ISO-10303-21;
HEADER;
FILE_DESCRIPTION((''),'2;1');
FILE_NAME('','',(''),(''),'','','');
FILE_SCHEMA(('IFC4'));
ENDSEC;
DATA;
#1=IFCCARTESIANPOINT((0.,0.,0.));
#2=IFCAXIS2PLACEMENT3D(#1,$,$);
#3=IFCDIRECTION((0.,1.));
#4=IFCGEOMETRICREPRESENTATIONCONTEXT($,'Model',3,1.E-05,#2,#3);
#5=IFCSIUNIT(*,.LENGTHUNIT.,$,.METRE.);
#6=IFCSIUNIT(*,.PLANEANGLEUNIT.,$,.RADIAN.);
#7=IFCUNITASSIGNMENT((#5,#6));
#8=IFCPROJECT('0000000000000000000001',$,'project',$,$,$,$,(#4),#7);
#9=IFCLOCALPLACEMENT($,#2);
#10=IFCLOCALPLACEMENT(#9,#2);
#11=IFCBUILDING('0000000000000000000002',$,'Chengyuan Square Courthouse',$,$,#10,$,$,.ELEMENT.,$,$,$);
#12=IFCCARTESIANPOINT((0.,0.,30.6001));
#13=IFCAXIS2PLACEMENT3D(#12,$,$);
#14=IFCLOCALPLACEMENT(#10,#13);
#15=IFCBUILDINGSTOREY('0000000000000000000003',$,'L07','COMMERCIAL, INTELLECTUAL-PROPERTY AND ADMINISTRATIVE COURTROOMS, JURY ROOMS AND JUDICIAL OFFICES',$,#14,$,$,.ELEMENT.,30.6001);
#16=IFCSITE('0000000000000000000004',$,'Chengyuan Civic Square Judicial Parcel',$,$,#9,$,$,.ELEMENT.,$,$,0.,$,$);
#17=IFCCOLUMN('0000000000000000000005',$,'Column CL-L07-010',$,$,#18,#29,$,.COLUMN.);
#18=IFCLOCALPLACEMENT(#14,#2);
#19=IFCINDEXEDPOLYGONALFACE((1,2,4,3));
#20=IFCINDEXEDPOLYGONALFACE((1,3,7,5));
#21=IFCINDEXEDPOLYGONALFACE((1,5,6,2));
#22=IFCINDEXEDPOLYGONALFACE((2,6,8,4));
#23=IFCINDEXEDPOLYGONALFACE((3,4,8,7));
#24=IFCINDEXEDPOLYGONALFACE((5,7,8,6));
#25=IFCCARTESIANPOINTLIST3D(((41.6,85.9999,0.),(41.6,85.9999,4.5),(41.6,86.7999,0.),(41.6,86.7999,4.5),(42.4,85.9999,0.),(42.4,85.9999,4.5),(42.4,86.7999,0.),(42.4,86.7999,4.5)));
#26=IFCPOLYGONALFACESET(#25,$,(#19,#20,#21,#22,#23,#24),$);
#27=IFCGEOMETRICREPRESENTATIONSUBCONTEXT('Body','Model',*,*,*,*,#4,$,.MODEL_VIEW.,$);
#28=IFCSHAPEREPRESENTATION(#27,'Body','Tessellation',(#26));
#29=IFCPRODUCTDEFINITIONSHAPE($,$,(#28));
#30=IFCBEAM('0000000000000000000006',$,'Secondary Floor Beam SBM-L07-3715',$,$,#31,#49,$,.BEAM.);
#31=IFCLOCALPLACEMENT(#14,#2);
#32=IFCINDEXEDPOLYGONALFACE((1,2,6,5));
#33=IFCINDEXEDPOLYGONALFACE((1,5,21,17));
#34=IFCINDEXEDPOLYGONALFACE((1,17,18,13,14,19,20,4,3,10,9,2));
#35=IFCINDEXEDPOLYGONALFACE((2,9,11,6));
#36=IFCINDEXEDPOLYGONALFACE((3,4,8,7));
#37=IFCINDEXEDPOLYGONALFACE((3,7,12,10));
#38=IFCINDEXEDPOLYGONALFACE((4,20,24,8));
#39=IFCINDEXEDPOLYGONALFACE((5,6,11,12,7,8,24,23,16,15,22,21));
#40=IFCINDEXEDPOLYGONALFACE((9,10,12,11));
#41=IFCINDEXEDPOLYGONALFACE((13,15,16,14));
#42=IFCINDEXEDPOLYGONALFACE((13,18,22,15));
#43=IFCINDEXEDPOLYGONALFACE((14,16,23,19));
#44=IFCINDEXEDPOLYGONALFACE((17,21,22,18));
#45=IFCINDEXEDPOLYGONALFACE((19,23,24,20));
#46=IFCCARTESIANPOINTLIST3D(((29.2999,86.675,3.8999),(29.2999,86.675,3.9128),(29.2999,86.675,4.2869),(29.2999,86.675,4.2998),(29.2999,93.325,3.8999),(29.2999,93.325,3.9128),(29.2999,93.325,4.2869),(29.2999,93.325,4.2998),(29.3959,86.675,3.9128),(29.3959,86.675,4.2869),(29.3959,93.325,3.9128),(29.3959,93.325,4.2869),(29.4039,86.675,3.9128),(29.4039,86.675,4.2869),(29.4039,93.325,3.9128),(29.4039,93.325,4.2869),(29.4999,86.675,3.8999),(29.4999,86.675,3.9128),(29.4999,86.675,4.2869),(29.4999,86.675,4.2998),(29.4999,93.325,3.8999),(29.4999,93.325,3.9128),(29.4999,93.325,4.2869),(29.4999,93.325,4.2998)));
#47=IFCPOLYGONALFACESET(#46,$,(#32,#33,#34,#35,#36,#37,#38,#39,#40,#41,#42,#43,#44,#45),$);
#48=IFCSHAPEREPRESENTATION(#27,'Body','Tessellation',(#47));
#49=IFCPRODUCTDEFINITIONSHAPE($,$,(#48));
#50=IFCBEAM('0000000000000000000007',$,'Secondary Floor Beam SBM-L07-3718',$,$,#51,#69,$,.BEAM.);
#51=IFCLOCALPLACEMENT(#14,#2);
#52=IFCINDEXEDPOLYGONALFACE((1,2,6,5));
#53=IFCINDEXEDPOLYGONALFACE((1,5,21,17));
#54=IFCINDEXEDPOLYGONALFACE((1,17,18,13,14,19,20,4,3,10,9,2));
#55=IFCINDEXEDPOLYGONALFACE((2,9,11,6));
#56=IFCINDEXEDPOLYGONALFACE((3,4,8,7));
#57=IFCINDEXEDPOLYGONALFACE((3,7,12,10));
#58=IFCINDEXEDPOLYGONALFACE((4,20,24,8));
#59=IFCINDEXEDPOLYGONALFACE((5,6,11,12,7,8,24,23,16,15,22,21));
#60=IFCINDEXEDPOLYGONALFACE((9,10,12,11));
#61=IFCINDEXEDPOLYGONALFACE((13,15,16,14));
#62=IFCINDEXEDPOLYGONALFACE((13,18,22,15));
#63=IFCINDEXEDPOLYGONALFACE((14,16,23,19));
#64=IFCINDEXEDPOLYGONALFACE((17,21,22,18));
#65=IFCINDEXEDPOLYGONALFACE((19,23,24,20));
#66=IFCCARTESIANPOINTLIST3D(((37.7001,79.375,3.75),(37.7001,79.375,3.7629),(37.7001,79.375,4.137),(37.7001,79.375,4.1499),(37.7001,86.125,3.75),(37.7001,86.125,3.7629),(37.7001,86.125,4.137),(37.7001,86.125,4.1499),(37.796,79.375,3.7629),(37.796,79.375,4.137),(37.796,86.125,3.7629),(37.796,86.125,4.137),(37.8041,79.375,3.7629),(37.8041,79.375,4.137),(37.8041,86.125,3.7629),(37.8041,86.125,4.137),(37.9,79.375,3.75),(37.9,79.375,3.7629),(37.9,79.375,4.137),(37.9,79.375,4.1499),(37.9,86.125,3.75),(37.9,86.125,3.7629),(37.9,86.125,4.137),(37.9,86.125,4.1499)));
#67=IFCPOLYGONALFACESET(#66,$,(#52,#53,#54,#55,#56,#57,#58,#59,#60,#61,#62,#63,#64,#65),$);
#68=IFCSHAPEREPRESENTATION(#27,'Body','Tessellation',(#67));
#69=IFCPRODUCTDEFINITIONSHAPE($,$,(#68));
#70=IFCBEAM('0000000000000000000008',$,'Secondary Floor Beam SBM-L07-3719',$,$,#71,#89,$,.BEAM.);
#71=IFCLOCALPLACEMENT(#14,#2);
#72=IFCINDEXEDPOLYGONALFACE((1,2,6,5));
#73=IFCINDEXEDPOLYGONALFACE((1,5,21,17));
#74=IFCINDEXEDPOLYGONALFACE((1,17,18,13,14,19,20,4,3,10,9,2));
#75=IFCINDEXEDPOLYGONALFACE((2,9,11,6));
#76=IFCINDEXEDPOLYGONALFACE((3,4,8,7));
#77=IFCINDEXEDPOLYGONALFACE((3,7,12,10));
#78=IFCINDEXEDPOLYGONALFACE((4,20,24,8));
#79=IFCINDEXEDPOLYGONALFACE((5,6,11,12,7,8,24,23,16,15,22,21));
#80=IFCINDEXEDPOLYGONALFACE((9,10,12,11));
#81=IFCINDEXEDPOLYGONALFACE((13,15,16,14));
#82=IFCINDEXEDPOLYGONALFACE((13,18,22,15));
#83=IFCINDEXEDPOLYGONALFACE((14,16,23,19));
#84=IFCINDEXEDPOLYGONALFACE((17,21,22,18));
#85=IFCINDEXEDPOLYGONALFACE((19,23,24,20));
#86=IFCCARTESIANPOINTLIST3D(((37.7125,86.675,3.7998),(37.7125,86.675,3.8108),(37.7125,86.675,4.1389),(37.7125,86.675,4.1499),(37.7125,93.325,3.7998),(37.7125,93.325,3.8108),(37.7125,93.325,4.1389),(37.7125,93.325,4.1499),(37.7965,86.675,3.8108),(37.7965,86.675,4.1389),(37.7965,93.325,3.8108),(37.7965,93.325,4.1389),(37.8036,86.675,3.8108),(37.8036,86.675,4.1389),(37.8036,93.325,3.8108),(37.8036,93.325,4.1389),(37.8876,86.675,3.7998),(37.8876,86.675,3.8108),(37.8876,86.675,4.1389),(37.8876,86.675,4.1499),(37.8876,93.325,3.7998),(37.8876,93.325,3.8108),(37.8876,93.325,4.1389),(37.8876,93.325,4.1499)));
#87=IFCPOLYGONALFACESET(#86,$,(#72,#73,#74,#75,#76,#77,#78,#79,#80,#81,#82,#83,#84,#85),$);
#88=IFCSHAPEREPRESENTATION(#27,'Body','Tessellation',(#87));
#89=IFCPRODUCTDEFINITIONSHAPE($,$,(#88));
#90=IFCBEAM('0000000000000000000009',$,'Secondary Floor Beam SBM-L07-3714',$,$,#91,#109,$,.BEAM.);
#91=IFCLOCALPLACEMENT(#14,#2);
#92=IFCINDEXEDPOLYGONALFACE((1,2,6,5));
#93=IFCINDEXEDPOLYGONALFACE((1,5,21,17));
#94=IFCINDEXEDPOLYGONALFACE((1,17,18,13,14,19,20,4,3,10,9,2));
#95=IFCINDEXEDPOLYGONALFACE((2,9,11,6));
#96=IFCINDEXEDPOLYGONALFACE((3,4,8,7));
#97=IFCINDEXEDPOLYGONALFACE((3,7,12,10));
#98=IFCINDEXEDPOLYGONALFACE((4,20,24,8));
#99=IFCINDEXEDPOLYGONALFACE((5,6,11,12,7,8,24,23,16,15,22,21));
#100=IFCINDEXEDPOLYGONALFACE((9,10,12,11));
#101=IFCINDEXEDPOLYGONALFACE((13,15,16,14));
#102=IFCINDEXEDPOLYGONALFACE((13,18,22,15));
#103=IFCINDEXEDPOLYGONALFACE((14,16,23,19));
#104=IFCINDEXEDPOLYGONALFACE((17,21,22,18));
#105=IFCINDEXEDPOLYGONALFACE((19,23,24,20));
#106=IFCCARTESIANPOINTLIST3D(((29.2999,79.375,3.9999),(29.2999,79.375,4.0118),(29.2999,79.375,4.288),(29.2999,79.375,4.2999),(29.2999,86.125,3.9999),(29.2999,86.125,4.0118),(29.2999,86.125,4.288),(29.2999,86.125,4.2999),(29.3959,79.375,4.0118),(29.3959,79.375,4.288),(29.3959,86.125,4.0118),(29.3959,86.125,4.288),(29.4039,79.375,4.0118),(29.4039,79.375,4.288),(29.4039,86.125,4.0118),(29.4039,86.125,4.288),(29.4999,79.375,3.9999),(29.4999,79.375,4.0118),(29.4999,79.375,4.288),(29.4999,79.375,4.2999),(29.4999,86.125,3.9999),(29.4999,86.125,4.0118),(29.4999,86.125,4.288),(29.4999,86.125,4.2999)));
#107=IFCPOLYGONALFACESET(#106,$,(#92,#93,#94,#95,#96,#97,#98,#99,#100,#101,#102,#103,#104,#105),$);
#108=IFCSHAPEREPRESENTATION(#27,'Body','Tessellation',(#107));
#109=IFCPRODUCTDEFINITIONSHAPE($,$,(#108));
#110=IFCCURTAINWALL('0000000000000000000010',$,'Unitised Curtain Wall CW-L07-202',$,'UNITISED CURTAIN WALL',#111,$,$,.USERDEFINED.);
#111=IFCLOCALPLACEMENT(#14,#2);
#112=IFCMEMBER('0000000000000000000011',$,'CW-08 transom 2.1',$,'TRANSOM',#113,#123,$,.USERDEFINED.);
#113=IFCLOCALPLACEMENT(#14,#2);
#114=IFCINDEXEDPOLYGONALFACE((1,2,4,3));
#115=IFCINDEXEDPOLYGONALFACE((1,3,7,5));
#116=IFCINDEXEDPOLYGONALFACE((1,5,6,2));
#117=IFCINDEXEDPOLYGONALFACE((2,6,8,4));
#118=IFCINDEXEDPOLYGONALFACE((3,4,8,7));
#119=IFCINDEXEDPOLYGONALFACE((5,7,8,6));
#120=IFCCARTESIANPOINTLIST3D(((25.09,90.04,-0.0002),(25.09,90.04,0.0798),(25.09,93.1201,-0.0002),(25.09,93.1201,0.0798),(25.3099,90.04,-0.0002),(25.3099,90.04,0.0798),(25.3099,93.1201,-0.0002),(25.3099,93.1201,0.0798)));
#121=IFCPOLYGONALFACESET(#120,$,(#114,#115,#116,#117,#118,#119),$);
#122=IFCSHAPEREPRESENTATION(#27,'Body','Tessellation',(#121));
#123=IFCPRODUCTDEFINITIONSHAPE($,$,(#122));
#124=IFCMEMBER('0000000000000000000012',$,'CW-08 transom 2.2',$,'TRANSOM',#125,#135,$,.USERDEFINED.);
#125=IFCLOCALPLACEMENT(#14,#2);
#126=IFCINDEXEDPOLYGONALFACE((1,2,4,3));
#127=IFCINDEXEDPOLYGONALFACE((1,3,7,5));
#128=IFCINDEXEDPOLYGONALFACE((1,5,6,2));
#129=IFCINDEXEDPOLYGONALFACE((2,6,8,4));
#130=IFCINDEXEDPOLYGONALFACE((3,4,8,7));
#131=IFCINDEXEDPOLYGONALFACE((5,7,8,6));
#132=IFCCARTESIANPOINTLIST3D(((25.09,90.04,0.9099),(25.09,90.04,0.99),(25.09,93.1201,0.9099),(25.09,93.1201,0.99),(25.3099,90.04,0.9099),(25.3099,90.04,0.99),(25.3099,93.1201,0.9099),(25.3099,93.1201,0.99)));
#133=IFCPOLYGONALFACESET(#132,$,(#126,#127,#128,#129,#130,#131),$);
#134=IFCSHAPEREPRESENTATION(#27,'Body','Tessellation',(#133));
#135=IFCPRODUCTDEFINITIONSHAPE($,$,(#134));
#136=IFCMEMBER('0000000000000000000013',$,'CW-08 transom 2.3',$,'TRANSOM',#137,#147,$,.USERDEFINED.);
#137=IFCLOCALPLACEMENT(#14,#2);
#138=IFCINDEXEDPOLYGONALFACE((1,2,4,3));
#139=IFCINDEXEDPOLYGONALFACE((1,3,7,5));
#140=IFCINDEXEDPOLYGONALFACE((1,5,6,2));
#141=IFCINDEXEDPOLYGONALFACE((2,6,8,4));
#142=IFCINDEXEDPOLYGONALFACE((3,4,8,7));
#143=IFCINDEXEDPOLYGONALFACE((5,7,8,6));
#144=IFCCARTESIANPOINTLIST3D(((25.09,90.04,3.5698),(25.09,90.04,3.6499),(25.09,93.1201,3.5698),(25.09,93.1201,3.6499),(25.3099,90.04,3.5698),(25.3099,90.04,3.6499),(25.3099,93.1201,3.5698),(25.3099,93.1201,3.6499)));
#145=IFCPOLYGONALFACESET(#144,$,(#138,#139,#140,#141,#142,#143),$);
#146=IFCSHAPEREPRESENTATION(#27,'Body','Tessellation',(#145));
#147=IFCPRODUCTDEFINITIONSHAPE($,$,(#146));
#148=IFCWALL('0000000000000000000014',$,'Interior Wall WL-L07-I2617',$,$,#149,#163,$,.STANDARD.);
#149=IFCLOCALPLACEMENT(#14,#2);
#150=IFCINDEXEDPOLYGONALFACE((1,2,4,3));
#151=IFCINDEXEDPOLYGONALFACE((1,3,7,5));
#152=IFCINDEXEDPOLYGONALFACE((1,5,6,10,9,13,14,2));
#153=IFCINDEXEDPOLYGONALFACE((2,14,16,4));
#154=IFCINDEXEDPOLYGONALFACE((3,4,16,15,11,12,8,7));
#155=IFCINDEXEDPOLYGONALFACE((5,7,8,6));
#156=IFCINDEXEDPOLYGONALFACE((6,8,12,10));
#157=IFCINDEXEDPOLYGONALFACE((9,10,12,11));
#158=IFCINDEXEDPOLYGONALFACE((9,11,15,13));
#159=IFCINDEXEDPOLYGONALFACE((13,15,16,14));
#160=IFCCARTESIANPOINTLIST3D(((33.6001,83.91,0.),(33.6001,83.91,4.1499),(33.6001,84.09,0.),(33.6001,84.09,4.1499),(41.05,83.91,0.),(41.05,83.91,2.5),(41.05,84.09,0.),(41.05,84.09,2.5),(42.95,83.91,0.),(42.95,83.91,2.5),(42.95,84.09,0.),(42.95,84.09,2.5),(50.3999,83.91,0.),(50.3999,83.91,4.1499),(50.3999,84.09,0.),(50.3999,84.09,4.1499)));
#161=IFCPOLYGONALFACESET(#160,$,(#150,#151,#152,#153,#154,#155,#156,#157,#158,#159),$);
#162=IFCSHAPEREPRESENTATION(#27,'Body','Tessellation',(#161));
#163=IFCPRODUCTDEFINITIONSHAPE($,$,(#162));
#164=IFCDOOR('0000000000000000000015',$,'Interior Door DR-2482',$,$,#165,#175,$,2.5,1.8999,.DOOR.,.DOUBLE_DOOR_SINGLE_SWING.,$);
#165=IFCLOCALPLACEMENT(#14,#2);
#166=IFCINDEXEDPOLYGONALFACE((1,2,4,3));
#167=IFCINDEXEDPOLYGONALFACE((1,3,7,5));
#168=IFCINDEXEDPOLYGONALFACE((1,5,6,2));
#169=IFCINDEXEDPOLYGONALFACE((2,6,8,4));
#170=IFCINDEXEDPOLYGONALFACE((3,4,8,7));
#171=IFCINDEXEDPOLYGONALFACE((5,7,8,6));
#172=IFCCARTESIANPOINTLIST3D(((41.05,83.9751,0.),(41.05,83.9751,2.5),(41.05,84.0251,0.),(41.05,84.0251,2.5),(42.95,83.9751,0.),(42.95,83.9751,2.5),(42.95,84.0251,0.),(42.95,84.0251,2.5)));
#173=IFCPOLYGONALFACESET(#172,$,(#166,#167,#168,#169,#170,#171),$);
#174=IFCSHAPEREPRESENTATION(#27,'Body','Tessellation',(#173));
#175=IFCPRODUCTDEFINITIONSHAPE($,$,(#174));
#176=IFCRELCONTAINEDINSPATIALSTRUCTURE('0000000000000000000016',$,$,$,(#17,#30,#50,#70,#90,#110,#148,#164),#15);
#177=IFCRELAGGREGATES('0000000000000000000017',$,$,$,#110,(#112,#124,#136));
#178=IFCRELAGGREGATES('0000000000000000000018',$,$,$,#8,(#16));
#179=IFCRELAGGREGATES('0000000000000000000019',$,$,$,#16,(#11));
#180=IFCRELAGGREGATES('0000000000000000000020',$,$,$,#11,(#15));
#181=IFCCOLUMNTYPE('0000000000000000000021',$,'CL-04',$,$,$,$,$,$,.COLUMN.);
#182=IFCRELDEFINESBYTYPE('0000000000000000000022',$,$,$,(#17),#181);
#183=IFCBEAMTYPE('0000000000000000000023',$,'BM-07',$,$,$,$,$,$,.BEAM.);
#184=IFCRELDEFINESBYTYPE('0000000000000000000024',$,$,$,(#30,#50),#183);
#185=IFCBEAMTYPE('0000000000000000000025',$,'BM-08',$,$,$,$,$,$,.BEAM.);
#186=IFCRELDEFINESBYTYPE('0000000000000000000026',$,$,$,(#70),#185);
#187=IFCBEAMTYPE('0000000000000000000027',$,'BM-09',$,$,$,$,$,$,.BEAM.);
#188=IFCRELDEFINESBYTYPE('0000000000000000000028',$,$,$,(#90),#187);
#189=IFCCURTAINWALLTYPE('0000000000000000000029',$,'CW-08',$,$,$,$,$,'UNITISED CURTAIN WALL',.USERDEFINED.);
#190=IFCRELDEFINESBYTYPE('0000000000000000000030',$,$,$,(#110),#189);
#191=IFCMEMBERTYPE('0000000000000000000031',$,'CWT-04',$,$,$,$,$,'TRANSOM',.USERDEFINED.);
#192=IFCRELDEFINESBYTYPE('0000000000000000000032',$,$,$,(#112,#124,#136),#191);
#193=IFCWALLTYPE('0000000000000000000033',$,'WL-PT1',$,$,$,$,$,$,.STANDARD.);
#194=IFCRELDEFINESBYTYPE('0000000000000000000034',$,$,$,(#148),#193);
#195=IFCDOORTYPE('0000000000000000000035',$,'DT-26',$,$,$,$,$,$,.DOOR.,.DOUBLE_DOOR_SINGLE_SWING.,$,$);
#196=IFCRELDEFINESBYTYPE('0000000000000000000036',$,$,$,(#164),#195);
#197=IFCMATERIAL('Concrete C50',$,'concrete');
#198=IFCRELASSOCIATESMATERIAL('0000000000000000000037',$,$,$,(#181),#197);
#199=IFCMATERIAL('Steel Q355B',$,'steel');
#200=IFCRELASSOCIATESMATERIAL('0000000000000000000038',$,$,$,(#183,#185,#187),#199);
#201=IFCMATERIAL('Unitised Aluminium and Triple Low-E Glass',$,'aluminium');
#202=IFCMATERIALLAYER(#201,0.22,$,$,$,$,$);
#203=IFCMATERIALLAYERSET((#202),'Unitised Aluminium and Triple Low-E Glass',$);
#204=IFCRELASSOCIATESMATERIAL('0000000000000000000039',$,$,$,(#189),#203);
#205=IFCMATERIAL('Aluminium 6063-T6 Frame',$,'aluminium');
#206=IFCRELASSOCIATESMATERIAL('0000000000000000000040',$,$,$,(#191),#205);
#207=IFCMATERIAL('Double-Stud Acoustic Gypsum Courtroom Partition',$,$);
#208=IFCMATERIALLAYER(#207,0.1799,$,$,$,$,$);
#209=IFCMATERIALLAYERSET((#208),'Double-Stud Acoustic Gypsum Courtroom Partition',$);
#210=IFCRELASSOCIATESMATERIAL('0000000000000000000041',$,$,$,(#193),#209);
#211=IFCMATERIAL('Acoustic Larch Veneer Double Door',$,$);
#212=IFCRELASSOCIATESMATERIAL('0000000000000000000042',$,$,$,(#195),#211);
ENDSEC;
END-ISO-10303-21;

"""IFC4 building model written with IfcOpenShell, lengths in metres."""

from ifc_helpers import new_model, si_unit, direction, frame, frame_2d, origin, origin_2d, place, context, subcontext, project, spatial, rectangle, i_section, extrude, material, layer, layer_set, material_profile, profile_set, type_object, element, fill, aggregate, save


model = new_model("IFC4")

# Units and contexts
model_context = context("Model", 3, precision=1e-05, world=origin(), true_north=direction((0.0, 1.0)))
body_context = subcontext(model_context, "Body", "Model", "MODEL_VIEW")
ifc_project = project(units=[si_unit("LENGTHUNIT", "METRE"), si_unit("PLANEANGLEUNIT", "RADIAN")], contexts=[model_context])

# Site, building, storey
site_placement = place(None, origin())
site = spatial("IfcSite", under=ifc_project, at=site_placement, Name="Chengyuan Civic Square Judicial Parcel", CompositionType="ELEMENT", RefElevation=0.0)
building_placement = place(site_placement, origin())
building = spatial("IfcBuilding", under=site, at=building_placement, Name="Chengyuan Square Courthouse", CompositionType="ELEMENT")
storey_placement = place(building_placement, frame((0.0, 0.0, 30.6001)))
storey = spatial("IfcBuildingStorey", under=building, at=storey_placement, Name="L07", Description="COMMERCIAL, INTELLECTUAL-PROPERTY AND ADMINISTRATIVE COURTROOMS, JURY ROOMS AND JUDICIAL OFFICES", CompositionType="ELEMENT", Elevation=30.6001)

# Column
ifc_material_1 = material(Name="Concrete C50", Category="concrete")
ifc_material_profile_1 = material_profile(ifc_material_1, rectangle(XDim=0.8, YDim=0.8, at=origin_2d()), Name="RC-COL-800x800")
ifc_profile_set_1 = profile_set([ifc_material_profile_1], Name="Concrete C50")
column_type = type_object("IfcColumnType", Name="CL-04", PredefinedType="COLUMN", material=ifc_profile_set_1)
column_placement = place(storey_placement, frame((42.0, 86.3999, 0.0), z_axis=(0.0, 0.0, 1.0), x_axis=(1.0, 0.0, 0.0)))
element("IfcColumn", 1, at=column_placement, inside=storey, type_object=column_type, Name="Column CL-L07-010", PredefinedType="COLUMN", context=body_context, shape_type="SweptSolid", body=[
    extrude(rectangle(XDim=0.8, YDim=0.8, at=origin_2d()), origin(), (0.0, 0.0, 1.0), 4.5),
])

# Beams
ifc_material_2 = material(Name="Steel Q355B", Category="steel")
ifc_material_profile_2 = material_profile(ifc_material_2, i_section(OverallWidth=0.2, OverallDepth=0.3999, WebThickness=0.0081, FlangeThickness=0.0129, at=origin_2d()), Name="HN 400x200x8x13")
ifc_profile_set_2 = profile_set([ifc_material_profile_2], Name="Steel Q355B")
beam_type_1 = type_object("IfcBeamType", Name="BM-07", PredefinedType="BEAM", material=ifc_profile_set_2)
beam_1_placement = place(storey_placement, frame((29.3999, 86.675, 4.0999), z_axis=(0.0, 1.0, 0.0), x_axis=(-1.0, 0.0, 0.0)))
element("IfcBeam", 2, at=beam_1_placement, inside=storey, type_object=beam_type_1, Name="Secondary Floor Beam SBM-L07-3715", PredefinedType="BEAM", context=body_context, shape_type="SweptSolid", body=[
    extrude(i_section(OverallWidth=0.2, OverallDepth=0.3999, WebThickness=0.0081, FlangeThickness=0.0129, at=origin_2d()), origin(), (0.0, 0.0, 1.0), 6.6499),
])
beam_2_placement = place(storey_placement, frame((37.8, 79.375, 3.95), z_axis=(0.0, 1.0, 0.0), x_axis=(-1.0, 0.0, 0.0)))
element("IfcBeam", 3, at=beam_2_placement, inside=storey, type_object=beam_type_1, Name="Secondary Floor Beam SBM-L07-3718", PredefinedType="BEAM", context=body_context, shape_type="SweptSolid", body=[
    extrude(i_section(OverallWidth=0.2, OverallDepth=0.3999, WebThickness=0.0081, FlangeThickness=0.0129, at=origin_2d()), origin(), (0.0, 0.0, 1.0), 6.75),
])
ifc_material_profile_3 = material_profile(ifc_material_2, i_section(OverallWidth=0.175, OverallDepth=0.3501, WebThickness=0.0071, FlangeThickness=0.011, at=origin_2d()), Name="HN 350x175x7x11")
ifc_profile_set_3 = profile_set([ifc_material_profile_3], Name="Steel Q355B")
beam_type_2 = type_object("IfcBeamType", Name="BM-08", PredefinedType="BEAM", material=ifc_profile_set_3)
beam_3_placement = place(storey_placement, frame((37.8, 86.675, 3.9749), z_axis=(0.0, 1.0, 0.0), x_axis=(-1.0, 0.0, 0.0)))
element("IfcBeam", 4, at=beam_3_placement, inside=storey, type_object=beam_type_2, Name="Secondary Floor Beam SBM-L07-3719", PredefinedType="BEAM", context=body_context, shape_type="SweptSolid", body=[
    extrude(i_section(OverallWidth=0.175, OverallDepth=0.3501, WebThickness=0.0071, FlangeThickness=0.011, at=origin_2d()), origin(), (0.0, 0.0, 1.0), 6.6499),
])
ifc_material_profile_4 = material_profile(ifc_material_2, i_section(OverallWidth=0.2, OverallDepth=0.3, WebThickness=0.0081, FlangeThickness=0.012, at=origin_2d()), Name="HM 300x200x8x12")
ifc_profile_set_4 = profile_set([ifc_material_profile_4], Name="Steel Q355B")
beam_type_3 = type_object("IfcBeamType", Name="BM-09", PredefinedType="BEAM", material=ifc_profile_set_4)
beam_4_placement = place(storey_placement, frame((29.3999, 79.375, 4.1499), z_axis=(0.0, 1.0, 0.0), x_axis=(-1.0, 0.0, 0.0)))
element("IfcBeam", 5, at=beam_4_placement, inside=storey, type_object=beam_type_3, Name="Secondary Floor Beam SBM-L07-3714", PredefinedType="BEAM", context=body_context, shape_type="SweptSolid", body=[
    extrude(i_section(OverallWidth=0.2, OverallDepth=0.3, WebThickness=0.0081, FlangeThickness=0.012, at=origin_2d()), origin(), (0.0, 0.0, 1.0), 6.75),
])

# Curtain wall, members
ifc_material_3 = material(Name="Unitised Aluminium and Triple Low-E Glass", Category="aluminium")
ifc_layer_1 = layer(ifc_material_3, 0.22)
ifc_layer_set_1 = layer_set([ifc_layer_1], Name="Unitised Aluminium and Triple Low-E Glass")
curtain_wall_type = type_object("IfcCurtainWallType", Name="CW-08", ElementType="UNITISED CURTAIN WALL", PredefinedType="USERDEFINED", material=ifc_layer_set_1)
curtain_wall_placement = place(storey_placement, origin())
curtain_wall = element("IfcCurtainWall", 6, at=curtain_wall_placement, inside=storey, type_object=curtain_wall_type, Name="Unitised Curtain Wall CW-L07-202", ObjectType="UNITISED CURTAIN WALL", PredefinedType="USERDEFINED")
ifc_material_4 = material(Name="Aluminium 6063-T6 Frame", Category="aluminium")
ifc_material_profile_5 = material_profile(ifc_material_4, rectangle(XDim=0.22, YDim=0.0801, at=origin_2d()), Name="CW-TRN-80x180")
ifc_profile_set_5 = profile_set([ifc_material_profile_5], Name="Aluminium 6063-T6 Frame")
member_type = type_object("IfcMemberType", Name="CWT-04", ElementType="TRANSOM", PredefinedType="USERDEFINED", material=ifc_profile_set_5)
member_1_placement = place(storey_placement, frame((25.2, 90.04, 0.0398), z_axis=(0.0, 1.0, 0.0), x_axis=(-1.0, 0.0, 0.0)))
member_1 = element("IfcMember", 7, at=member_1_placement, type_object=member_type, Name="CW-08 transom 2.1", ObjectType="TRANSOM", PredefinedType="USERDEFINED", context=body_context, shape_type="SweptSolid", body=[
    extrude(rectangle(XDim=0.22, YDim=0.0801, at=origin_2d()), origin(), (0.0, 0.0, 1.0), 3.0801),
])
member_2_placement = place(storey_placement, frame((25.2, 90.04, 0.95), z_axis=(0.0, 1.0, 0.0), x_axis=(-1.0, 0.0, 0.0)))
member_2 = element("IfcMember", 8, at=member_2_placement, type_object=member_type, Name="CW-08 transom 2.2", ObjectType="TRANSOM", PredefinedType="USERDEFINED", context=body_context, shape_type="SweptSolid", body=[
    extrude(rectangle(XDim=0.22, YDim=0.0801, at=origin_2d()), origin(), (0.0, 0.0, 1.0), 3.0801),
])
member_3_placement = place(storey_placement, frame((25.2, 90.04, 3.6099), z_axis=(0.0, 1.0, 0.0), x_axis=(-1.0, 0.0, 0.0)))
member_3 = element("IfcMember", 9, at=member_3_placement, type_object=member_type, Name="CW-08 transom 2.3", ObjectType="TRANSOM", PredefinedType="USERDEFINED", context=body_context, shape_type="SweptSolid", body=[
    extrude(rectangle(XDim=0.22, YDim=0.0801, at=origin_2d()), origin(), (0.0, 0.0, 1.0), 3.0801),
])
aggregate(curtain_wall, [member_1, member_2, member_3])

# Wall, opening, door
ifc_material_5 = material(Name="Double-Stud Acoustic Gypsum Courtroom Partition")
ifc_layer_2 = layer(ifc_material_5, 0.1799)
ifc_layer_set_2 = layer_set([ifc_layer_2], Name="Double-Stud Acoustic Gypsum Courtroom Partition")
wall_type_1 = type_object("IfcWallType", Name="WL-PT1", PredefinedType="STANDARD", material=ifc_layer_set_2)
wall_1_placement = place(storey_placement, frame((33.6001, 84.0, 0.0), z_axis=(0.0, 0.0, 1.0), x_axis=(1.0, 0.0, 0.0)))
wall_1 = element("IfcWall", 10, at=wall_1_placement, inside=storey, type_object=wall_type_1, Name="Interior Wall WL-L07-I2617", PredefinedType="STANDARD", context=body_context, shape_type="SweptSolid", body=[
    extrude(rectangle(XDim=16.7998, YDim=0.1799, at=frame_2d((8.3999, 0.0))), origin(), (0.0, 0.0, 1.0), 4.1499),
])
opening_1_placement = place(wall_1_placement, frame((7.45, 0.0, 0.0)))
opening_1 = element("IfcOpeningElement", 11, at=opening_1_placement, cuts=wall_1, PredefinedType="OPENING", context=body_context, shape_type="SweptSolid", body=[
    extrude(rectangle(XDim=1.8999, YDim=2.5, at=frame_2d((0.95, 1.25))), frame((0.0, 0.1021, 0.0), z_axis=(0.0, -1.0, 0.0), x_axis=(1.0, 0.0, 0.0)), (0.0, 0.0, 1.0), 0.2039),
])
ifc_material_6 = material(Name="Acoustic Larch Veneer Double Door")
door_type_1 = type_object("IfcDoorType", Name="DT-26", OperationType="DOUBLE_DOOR_SINGLE_SWING", PredefinedType="DOOR", material=ifc_material_6)
door_1_placement = place(opening_1_placement, frame((1.8999, 0.0, 0.0), z_axis=(0.0, 0.0, 1.0), x_axis=(-1.0, 0.0, 0.0)))
door_1 = element("IfcDoor", 12, at=door_1_placement, inside=storey, type_object=door_type_1, Name="Interior Door DR-2482", OperationType="DOUBLE_DOOR_SINGLE_SWING", OverallHeight=2.5, OverallWidth=1.8999, PredefinedType="DOOR", context=body_context, shape_type="SweptSolid", body=[
    extrude(rectangle(XDim=1.8999, YDim=2.5, at=frame_2d((0.95, 1.25))), frame((0.0, 0.0249, 0.0), z_axis=(0.0, -1.0, 0.0), x_axis=(1.0, 0.0, 0.0)), (0.0, 0.0, 1.0), 0.05),
])
fill(opening_1, door_1)

save(model, "model.ifc")
